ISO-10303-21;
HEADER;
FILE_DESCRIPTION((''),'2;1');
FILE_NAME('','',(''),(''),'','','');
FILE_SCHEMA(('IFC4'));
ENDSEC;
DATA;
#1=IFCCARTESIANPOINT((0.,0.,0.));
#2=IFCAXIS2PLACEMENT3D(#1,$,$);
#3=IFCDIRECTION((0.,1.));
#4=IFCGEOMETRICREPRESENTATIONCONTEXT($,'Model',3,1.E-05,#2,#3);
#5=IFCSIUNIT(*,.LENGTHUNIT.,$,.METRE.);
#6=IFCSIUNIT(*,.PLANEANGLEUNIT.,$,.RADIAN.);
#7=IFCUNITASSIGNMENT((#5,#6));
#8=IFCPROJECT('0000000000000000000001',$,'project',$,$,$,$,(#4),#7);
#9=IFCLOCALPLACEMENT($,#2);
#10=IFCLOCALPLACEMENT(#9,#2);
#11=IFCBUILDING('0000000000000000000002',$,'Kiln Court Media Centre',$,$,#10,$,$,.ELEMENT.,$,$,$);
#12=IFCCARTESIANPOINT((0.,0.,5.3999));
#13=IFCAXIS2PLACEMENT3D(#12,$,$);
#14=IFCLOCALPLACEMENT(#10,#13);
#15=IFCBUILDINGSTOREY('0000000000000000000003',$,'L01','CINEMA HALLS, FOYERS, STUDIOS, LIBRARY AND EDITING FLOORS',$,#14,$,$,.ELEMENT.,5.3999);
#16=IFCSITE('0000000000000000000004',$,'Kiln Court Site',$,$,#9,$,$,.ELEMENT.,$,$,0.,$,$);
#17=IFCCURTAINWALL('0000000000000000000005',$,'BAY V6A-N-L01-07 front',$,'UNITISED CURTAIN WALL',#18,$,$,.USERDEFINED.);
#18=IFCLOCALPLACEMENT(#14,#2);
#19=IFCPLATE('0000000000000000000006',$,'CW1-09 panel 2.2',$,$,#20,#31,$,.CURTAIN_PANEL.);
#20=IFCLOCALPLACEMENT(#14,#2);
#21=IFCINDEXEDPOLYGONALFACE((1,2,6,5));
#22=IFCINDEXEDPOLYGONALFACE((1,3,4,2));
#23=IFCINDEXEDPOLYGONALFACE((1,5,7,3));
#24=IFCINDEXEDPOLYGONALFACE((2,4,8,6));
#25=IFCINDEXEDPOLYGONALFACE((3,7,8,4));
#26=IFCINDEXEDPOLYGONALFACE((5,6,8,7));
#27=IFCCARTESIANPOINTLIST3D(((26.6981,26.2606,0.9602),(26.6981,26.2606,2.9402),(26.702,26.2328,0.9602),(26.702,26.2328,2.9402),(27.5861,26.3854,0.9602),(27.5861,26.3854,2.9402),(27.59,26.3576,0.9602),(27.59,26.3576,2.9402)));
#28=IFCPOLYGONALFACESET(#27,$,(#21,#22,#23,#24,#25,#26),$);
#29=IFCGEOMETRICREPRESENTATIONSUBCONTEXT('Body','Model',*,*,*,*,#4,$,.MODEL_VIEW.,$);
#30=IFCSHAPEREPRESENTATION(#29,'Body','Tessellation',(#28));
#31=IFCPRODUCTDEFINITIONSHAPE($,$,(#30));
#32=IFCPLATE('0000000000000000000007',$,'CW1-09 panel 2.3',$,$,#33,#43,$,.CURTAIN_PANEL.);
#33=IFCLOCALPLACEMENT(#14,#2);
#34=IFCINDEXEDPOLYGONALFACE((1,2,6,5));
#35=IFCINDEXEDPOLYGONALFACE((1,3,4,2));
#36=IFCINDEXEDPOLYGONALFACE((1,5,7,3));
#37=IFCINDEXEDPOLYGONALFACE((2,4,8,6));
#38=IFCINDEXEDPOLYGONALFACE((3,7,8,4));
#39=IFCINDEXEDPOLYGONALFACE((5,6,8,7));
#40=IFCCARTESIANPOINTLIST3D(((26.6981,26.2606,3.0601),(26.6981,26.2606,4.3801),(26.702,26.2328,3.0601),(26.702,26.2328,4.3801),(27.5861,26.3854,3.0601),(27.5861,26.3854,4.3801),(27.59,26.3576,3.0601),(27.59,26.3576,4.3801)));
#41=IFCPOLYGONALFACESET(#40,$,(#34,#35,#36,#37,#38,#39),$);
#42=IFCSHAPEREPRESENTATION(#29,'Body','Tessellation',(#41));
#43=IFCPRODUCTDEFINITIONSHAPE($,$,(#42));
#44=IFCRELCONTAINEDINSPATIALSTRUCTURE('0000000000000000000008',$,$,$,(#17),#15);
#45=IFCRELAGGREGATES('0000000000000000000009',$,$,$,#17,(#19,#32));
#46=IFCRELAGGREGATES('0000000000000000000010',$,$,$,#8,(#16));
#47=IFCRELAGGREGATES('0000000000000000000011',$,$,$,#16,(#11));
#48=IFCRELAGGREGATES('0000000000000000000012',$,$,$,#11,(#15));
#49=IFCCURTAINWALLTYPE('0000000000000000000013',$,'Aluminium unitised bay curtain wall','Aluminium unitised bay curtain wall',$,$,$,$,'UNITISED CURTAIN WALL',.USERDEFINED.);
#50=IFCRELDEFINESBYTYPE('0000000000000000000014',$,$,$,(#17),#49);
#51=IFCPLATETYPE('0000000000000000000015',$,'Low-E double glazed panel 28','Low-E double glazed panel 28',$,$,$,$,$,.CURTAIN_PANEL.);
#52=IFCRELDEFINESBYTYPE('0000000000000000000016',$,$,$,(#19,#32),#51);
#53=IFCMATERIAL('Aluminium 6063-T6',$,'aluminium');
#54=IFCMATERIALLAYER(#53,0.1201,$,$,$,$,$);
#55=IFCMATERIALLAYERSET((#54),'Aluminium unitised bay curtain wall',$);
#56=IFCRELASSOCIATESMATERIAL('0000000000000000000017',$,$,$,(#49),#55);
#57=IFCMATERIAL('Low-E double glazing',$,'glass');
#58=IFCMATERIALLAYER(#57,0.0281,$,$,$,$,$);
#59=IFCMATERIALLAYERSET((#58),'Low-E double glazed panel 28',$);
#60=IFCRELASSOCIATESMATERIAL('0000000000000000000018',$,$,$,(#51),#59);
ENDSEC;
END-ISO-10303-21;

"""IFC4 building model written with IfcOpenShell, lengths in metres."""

from ifc_helpers import new_model, si_unit, direction, frame, origin, origin_2d, place, context, subcontext, project, spatial, rectangle, extrude, material, layer, layer_set, type_object, element, aggregate, save


model = new_model("IFC4")

# Units and contexts
model_context = context("Model", 3, precision=1e-05, world=origin(), true_north=direction((0.0, 1.0)))
body_context = subcontext(model_context, "Body", "Model", "MODEL_VIEW")
ifc_project = project(units=[si_unit("LENGTHUNIT", "METRE"), si_unit("PLANEANGLEUNIT", "RADIAN")], contexts=[model_context])

# Site, building, storey
site_placement = place(None, origin())
site = spatial("IfcSite", under=ifc_project, at=site_placement, Name="Kiln Court Site", CompositionType="ELEMENT", RefElevation=0.0)
building_placement = place(site_placement, origin())
building = spatial("IfcBuilding", under=site, at=building_placement, Name="Kiln Court Media Centre", CompositionType="ELEMENT")
storey_placement = place(building_placement, frame((0.0, 0.0, 5.3999)))
storey = spatial("IfcBuildingStorey", under=building, at=storey_placement, Name="L01", Description="CINEMA HALLS, FOYERS, STUDIOS, LIBRARY AND EDITING FLOORS", CompositionType="ELEMENT", Elevation=5.3999)

# Curtain wall
ifc_material_1 = material(Name="Aluminium 6063-T6", Category="aluminium")
ifc_layer_1 = layer(ifc_material_1, 0.1201)
ifc_layer_set_1 = layer_set([ifc_layer_1], Name="Aluminium unitised bay curtain wall")
curtain_wall_type = type_object("IfcCurtainWallType", Name="Aluminium unitised bay curtain wall", Description="Aluminium unitised bay curtain wall", ElementType="UNITISED CURTAIN WALL", PredefinedType="USERDEFINED", material=ifc_layer_set_1)
curtain_wall_1_placement = place(storey_placement, origin())
curtain_wall_1 = element("IfcCurtainWall", 1, at=curtain_wall_1_placement, inside=storey, type_object=curtain_wall_type, Name="BAY V6A-N-L01-07 front", ObjectType="UNITISED CURTAIN WALL", PredefinedType="USERDEFINED")

# Plates
ifc_material_2 = material(Name="Low-E double glazing", Category="glass")
ifc_layer_2 = layer(ifc_material_2, 0.0281)
ifc_layer_set_2 = layer_set([ifc_layer_2], Name="Low-E double glazed panel 28")
plate_type_1 = type_object("IfcPlateType", Name="Low-E double glazed panel 28", Description="Low-E double glazed panel 28", PredefinedType="CURTAIN_PANEL", material=ifc_layer_set_2)
plate_1_placement = place(storey_placement, frame((27.144, 26.3091, 0.9602), z_axis=(0.0, 0.0, 1.0), x_axis=(0.99027, 0.139162, 0.0)))
plate_1 = element("IfcPlate", 2, at=plate_1_placement, type_object=plate_type_1, Name="CW1-09 panel 2.2", PredefinedType="CURTAIN_PANEL", context=body_context, shape_type="SweptSolid", body=[
    extrude(rectangle(XDim=0.8967, YDim=0.0281, at=origin_2d()), origin(), (0.0, 0.0, 1.0), 1.98),
])
plate_2_placement = place(storey_placement, frame((27.144, 26.3091, 3.0601), z_axis=(0.0, 0.0, 1.0), x_axis=(0.99027, 0.139162, 0.0)))
plate_2 = element("IfcPlate", 3, at=plate_2_placement, type_object=plate_type_1, Name="CW1-09 panel 2.3", PredefinedType="CURTAIN_PANEL", context=body_context, shape_type="SweptSolid", body=[
    extrude(rectangle(XDim=0.8967, YDim=0.0281, at=origin_2d()), origin(), (0.0, 0.0, 1.0), 1.3201),
])
aggregate(curtain_wall_1, [plate_1, plate_2])

save(model, "model.ifc")
